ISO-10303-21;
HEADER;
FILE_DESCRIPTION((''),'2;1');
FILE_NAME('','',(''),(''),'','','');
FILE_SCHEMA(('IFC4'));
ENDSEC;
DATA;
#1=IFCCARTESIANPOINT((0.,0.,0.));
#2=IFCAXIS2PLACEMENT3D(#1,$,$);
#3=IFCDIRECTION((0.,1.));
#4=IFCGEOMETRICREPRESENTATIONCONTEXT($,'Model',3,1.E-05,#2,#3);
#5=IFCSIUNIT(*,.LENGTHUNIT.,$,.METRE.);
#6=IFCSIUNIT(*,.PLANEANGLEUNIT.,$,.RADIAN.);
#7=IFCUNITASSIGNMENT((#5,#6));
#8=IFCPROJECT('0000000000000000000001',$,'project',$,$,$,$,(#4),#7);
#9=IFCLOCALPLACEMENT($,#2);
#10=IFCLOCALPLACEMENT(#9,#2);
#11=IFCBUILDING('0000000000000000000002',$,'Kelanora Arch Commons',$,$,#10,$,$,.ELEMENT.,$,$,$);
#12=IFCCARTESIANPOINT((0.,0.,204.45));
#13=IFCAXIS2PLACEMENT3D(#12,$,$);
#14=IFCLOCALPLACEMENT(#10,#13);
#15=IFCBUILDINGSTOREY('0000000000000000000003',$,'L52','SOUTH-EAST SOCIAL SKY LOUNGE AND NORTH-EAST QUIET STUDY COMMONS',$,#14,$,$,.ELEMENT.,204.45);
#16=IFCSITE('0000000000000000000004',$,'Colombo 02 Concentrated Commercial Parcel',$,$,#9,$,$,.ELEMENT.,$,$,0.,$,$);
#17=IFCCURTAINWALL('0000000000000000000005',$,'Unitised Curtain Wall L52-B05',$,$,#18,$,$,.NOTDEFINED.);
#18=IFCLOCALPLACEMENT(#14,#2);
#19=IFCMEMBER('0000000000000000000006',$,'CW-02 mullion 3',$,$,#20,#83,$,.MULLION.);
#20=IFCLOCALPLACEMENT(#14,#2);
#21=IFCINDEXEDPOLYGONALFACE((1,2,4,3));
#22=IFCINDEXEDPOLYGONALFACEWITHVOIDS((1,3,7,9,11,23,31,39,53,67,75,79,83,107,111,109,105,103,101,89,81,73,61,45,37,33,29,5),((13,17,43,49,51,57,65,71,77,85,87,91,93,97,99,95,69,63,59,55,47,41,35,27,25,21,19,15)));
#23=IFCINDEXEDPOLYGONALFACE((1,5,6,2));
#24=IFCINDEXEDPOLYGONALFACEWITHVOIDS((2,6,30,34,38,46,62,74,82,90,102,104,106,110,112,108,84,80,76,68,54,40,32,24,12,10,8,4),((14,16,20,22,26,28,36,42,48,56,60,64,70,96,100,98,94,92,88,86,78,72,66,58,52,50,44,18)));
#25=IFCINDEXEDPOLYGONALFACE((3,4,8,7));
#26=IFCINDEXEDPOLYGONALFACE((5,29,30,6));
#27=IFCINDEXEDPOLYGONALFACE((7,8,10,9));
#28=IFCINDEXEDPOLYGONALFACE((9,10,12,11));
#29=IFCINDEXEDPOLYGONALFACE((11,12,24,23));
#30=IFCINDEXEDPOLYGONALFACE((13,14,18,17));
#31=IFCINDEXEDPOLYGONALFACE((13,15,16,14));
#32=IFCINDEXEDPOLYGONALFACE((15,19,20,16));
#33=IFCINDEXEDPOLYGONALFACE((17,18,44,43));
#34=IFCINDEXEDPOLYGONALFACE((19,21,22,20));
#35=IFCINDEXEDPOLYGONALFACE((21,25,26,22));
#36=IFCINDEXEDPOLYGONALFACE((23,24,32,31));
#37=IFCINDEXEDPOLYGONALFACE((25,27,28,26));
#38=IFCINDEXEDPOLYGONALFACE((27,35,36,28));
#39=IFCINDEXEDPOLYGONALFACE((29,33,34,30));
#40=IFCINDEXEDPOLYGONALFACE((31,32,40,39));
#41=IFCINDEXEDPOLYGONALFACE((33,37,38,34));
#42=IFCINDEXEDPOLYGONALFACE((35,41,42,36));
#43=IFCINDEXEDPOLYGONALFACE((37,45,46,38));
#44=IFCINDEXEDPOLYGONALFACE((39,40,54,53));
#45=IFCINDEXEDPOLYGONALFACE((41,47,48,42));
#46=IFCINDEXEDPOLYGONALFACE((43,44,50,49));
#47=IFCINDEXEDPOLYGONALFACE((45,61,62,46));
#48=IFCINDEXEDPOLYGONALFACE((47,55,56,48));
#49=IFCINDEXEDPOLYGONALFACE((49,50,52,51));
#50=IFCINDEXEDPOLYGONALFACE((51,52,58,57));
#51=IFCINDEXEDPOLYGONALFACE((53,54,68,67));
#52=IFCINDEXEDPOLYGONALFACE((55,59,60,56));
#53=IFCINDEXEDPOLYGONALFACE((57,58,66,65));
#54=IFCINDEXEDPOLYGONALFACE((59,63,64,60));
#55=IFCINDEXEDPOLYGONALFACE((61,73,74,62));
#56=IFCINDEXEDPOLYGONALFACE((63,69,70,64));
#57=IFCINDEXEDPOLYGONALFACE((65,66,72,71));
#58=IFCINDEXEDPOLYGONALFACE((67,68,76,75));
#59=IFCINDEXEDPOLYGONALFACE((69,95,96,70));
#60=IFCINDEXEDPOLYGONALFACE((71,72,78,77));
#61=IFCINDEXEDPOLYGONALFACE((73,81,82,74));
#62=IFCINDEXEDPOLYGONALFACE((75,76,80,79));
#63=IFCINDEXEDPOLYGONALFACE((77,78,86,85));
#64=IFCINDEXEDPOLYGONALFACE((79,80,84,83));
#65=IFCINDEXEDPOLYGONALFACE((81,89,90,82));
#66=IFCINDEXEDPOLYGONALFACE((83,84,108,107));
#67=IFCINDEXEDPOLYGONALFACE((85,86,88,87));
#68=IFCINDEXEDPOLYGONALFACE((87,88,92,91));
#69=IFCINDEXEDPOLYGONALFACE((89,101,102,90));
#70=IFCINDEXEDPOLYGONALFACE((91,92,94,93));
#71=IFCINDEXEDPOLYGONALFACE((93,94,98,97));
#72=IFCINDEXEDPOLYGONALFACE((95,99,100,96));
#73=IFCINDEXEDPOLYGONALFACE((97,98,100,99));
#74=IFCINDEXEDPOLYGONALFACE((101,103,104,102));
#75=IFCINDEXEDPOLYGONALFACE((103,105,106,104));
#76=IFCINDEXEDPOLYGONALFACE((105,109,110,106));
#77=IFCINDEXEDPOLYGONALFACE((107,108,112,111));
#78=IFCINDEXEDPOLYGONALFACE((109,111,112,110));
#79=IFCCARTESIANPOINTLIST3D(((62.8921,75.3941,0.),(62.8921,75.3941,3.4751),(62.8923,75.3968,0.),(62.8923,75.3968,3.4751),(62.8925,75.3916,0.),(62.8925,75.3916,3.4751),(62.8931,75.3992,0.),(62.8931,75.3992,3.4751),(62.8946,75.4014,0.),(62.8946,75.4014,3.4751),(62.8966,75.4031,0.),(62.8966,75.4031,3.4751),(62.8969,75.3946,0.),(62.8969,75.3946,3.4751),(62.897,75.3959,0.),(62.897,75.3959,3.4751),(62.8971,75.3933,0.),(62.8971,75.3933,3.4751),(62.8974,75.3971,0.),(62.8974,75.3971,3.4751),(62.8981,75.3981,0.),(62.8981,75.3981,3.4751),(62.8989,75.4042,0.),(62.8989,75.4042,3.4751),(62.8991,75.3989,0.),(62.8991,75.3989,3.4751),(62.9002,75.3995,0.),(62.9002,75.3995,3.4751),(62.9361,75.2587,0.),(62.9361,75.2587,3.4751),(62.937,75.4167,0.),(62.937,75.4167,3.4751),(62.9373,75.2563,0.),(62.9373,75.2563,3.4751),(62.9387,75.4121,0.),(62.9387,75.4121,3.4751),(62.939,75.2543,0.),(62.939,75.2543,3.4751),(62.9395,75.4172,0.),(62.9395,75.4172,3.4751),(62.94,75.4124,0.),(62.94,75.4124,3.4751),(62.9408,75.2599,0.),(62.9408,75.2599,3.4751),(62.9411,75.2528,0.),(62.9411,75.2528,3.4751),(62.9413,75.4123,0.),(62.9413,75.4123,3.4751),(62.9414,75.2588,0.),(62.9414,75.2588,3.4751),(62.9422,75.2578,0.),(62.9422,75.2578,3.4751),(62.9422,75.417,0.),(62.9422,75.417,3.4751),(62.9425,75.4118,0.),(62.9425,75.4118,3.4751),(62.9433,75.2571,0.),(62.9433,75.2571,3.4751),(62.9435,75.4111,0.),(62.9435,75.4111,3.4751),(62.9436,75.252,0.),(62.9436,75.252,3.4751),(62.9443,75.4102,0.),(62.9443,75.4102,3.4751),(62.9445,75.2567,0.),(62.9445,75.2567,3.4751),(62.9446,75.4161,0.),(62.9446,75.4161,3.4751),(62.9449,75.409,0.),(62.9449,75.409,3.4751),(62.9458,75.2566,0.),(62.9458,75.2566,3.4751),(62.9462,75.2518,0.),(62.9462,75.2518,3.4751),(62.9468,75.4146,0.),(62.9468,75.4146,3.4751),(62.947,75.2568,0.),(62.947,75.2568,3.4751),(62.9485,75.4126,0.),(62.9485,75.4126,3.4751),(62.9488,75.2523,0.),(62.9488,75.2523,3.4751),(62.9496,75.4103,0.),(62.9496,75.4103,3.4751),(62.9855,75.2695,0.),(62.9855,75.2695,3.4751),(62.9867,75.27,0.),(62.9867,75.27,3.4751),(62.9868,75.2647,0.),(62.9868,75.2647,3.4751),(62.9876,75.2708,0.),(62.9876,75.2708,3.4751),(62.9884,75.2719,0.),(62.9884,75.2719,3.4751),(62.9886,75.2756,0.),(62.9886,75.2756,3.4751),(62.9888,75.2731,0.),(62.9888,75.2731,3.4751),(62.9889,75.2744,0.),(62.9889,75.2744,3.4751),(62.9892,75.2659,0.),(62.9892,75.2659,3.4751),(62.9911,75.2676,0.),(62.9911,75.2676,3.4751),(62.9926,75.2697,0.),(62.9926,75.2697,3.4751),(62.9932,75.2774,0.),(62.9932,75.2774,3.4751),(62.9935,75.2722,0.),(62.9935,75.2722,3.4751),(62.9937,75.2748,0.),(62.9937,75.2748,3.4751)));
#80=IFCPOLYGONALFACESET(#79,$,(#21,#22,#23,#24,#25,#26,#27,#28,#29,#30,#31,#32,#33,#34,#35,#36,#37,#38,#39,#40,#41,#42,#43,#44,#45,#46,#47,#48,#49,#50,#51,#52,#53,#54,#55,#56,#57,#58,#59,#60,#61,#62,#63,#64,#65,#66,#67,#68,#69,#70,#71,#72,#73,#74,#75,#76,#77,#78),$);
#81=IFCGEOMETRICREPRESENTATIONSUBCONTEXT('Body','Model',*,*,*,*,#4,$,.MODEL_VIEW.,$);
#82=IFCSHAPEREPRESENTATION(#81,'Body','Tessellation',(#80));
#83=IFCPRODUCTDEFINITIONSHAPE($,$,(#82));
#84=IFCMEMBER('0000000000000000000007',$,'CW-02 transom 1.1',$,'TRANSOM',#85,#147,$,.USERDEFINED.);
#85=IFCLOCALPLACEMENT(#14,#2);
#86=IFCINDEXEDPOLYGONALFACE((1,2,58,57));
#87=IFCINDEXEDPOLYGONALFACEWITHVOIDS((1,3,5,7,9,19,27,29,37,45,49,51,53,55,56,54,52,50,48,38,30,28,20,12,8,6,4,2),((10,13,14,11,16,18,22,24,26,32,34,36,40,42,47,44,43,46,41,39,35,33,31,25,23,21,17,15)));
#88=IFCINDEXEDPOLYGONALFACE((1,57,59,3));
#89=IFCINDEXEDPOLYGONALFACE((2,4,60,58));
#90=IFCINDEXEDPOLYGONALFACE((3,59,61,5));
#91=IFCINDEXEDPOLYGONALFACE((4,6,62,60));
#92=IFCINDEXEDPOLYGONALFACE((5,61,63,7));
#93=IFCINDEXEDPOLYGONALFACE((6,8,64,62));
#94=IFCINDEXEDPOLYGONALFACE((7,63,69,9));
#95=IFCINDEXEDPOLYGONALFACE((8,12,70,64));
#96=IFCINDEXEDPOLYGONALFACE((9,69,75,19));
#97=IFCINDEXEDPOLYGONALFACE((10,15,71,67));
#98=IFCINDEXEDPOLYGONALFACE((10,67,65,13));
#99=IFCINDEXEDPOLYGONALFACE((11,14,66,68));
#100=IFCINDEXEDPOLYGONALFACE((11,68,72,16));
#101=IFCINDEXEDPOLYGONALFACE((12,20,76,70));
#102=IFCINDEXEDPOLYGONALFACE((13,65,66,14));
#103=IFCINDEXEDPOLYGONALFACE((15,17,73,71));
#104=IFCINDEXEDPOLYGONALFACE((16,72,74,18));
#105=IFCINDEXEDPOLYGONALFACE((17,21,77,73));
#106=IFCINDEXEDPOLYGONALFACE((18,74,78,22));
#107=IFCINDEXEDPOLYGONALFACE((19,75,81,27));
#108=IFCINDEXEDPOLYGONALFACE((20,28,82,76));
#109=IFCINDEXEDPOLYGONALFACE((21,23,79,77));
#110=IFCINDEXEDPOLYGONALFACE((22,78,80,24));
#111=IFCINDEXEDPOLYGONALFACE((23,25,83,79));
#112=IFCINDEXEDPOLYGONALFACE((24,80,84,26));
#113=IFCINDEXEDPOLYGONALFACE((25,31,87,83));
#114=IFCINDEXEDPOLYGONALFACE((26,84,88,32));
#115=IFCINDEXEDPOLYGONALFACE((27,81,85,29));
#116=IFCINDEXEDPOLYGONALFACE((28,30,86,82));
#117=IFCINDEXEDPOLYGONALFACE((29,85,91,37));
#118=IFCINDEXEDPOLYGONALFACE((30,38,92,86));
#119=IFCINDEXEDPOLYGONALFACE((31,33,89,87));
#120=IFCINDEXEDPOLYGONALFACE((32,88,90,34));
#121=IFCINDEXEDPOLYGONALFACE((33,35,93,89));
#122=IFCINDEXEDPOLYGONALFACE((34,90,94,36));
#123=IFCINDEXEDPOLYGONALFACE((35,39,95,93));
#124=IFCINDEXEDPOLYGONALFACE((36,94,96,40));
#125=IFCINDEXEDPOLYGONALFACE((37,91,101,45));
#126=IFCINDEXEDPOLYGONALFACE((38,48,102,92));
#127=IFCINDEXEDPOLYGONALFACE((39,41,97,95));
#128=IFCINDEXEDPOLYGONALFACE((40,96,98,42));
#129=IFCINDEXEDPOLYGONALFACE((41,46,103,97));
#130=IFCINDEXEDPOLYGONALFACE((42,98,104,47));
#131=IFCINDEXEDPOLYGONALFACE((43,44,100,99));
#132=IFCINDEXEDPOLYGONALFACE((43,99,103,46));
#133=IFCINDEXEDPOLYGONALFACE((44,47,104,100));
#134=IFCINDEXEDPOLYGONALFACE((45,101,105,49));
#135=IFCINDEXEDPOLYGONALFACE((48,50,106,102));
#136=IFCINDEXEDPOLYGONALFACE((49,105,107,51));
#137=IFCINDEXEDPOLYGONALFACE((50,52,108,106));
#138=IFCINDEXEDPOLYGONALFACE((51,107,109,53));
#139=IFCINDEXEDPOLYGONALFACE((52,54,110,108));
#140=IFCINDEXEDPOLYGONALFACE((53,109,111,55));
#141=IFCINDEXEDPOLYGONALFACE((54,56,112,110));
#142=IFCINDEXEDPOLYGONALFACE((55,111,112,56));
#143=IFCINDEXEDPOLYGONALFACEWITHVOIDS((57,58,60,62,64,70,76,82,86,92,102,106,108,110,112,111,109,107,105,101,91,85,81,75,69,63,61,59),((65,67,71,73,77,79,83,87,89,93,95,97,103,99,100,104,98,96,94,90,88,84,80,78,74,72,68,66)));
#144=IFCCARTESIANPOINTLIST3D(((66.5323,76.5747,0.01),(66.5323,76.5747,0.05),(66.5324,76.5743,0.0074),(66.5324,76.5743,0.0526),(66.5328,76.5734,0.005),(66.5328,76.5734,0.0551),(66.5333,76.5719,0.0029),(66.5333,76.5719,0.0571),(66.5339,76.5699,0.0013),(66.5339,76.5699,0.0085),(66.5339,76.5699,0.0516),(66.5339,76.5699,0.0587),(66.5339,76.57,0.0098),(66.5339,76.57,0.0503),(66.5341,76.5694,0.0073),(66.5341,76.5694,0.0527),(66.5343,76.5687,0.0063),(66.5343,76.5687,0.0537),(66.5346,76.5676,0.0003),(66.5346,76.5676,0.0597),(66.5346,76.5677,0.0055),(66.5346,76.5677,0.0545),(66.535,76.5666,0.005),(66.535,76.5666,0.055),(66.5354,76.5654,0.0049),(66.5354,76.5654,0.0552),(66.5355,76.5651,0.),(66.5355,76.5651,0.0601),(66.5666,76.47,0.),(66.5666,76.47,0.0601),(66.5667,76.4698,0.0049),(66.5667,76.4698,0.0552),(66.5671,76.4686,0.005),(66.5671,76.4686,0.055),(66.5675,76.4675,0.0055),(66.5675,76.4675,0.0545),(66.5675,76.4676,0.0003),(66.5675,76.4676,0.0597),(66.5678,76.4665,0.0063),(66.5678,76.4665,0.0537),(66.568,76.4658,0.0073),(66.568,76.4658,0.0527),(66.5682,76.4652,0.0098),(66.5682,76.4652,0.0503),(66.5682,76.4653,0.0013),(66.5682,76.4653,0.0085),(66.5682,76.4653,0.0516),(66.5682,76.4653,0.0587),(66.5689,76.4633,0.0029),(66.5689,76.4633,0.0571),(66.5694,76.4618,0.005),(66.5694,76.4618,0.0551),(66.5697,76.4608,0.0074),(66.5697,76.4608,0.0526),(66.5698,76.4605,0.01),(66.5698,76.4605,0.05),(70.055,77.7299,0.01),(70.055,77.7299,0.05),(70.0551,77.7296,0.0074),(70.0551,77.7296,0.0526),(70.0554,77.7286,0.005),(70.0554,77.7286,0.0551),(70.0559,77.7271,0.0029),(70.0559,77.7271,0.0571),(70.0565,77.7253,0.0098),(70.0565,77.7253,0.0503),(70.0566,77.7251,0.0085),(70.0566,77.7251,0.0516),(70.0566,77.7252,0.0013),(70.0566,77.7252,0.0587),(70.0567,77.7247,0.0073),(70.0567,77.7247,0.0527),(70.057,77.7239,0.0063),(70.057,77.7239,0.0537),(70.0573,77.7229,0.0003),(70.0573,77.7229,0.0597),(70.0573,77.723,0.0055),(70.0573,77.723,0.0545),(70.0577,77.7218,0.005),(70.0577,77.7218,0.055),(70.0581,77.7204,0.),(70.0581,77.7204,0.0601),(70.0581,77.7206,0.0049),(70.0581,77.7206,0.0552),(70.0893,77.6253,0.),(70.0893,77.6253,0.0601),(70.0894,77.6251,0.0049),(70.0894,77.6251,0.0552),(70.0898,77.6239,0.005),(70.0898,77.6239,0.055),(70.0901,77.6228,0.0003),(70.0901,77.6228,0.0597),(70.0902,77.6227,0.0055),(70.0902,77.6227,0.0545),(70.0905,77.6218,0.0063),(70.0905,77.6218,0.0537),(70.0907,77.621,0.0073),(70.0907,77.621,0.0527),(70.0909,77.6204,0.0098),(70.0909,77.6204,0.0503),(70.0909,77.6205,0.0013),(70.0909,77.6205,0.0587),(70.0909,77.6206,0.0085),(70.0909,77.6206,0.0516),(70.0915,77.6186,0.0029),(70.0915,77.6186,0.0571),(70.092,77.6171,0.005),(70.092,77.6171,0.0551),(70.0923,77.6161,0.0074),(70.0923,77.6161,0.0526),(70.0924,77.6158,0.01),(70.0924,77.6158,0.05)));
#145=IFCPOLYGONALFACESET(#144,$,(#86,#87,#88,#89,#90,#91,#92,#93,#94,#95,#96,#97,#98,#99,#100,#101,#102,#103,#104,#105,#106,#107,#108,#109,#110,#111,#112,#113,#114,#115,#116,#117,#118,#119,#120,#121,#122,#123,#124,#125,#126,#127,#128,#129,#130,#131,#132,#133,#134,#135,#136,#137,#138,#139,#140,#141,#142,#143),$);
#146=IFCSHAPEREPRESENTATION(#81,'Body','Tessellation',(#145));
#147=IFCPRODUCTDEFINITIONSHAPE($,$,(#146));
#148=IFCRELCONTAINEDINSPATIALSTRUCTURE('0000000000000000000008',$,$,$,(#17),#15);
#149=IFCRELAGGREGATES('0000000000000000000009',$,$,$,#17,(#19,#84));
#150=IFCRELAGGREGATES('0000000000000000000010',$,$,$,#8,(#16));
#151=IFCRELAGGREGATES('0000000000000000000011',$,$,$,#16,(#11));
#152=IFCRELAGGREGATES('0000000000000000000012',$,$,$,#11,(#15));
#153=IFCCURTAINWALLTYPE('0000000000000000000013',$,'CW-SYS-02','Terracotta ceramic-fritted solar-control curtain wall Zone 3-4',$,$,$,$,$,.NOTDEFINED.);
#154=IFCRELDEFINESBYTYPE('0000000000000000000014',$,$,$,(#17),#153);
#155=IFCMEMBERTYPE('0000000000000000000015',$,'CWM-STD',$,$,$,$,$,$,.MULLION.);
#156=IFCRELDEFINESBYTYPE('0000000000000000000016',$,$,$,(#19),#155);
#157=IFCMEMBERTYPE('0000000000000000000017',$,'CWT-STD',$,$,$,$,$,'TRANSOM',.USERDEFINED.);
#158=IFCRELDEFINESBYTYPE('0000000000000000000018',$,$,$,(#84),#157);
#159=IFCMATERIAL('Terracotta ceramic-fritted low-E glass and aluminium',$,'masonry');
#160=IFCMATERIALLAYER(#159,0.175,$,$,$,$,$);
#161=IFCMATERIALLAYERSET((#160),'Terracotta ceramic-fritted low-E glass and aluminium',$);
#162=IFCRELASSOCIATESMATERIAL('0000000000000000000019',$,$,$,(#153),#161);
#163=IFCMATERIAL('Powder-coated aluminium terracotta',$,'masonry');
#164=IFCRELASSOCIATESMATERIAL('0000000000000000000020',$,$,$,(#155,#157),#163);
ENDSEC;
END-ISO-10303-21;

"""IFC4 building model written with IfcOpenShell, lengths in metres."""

from ifc_helpers import new_model, si_unit, direction, frame, origin, origin_2d, place, context, subcontext, project, spatial, hollow_rectangle, extrude, material, layer, layer_set, material_profile, profile_set, type_object, element, aggregate, save


model = new_model("IFC4")

# Units and contexts
model_context = context("Model", 3, precision=1e-05, world=origin(), true_north=direction((0.0, 1.0)))
body_context = subcontext(model_context, "Body", "Model", "MODEL_VIEW")
ifc_project = project(units=[si_unit("LENGTHUNIT", "METRE"), si_unit("PLANEANGLEUNIT", "RADIAN")], contexts=[model_context])

# Site, building, storey
site_placement = place(None, origin())
site = spatial("IfcSite", under=ifc_project, at=site_placement, Name="Colombo 02 Concentrated Commercial Parcel", CompositionType="ELEMENT", RefElevation=0.0)
building_placement = place(site_placement, origin())
building = spatial("IfcBuilding", under=site, at=building_placement, Name="Kelanora Arch Commons", CompositionType="ELEMENT")
storey_placement = place(building_placement, frame((0.0, 0.0, 204.45)))
storey = spatial("IfcBuildingStorey", under=building, at=storey_placement, Name="L52", Description="SOUTH-EAST SOCIAL SKY LOUNGE AND NORTH-EAST QUIET STUDY COMMONS", CompositionType="ELEMENT", Elevation=204.45)

# Curtain wall, members
ifc_material_1 = material(Name="Terracotta ceramic-fritted low-E glass and aluminium", Category="masonry")
ifc_layer_1 = layer(ifc_material_1, 0.175)
ifc_layer_set_1 = layer_set([ifc_layer_1], Name="Terracotta ceramic-fritted low-E glass and aluminium")
curtain_wall_type = type_object("IfcCurtainWallType", Name="CW-SYS-02", Description="Terracotta ceramic-fritted solar-control curtain wall Zone 3-4", PredefinedType="NOTDEFINED", material=ifc_layer_set_1)
curtain_wall_placement = place(storey_placement, origin())
curtain_wall = element("IfcCurtainWall", 1, at=curtain_wall_placement, inside=storey, type_object=curtain_wall_type, Name="Unitised Curtain Wall L52-B05", PredefinedType="NOTDEFINED")
ifc_material_2 = material(Name="Powder-coated aluminium terracotta", Category="masonry")
ifc_material_profile_1 = material_profile(ifc_material_2, hollow_rectangle(XDim=0.1599, YDim=0.0601, WallThickness=0.0049, InnerFilletRadius=0.0049, OuterFilletRadius=0.01, at=origin_2d()), Name="CWM160x60")
ifc_profile_set_1 = profile_set([ifc_material_profile_1], Name="Powder-coated aluminium terracotta")
member_type_1 = type_object("IfcMemberType", Name="CWM-STD", PredefinedType="MULLION", material=ifc_profile_set_1)
member_1_placement = place(storey_placement, frame((62.9429, 75.3345, 0.0), z_axis=(0.0, 0.0, 1.0), x_axis=(0.311582, -0.950219, 0.0)))
member_1 = element("IfcMember", 2, at=member_1_placement, type_object=member_type_1, Name="CW-02 mullion 3", PredefinedType="MULLION", context=body_context, shape_type="SweptSolid", body=[
    extrude(hollow_rectangle(XDim=0.1599, YDim=0.0601, WallThickness=0.0049, InnerFilletRadius=0.0049, OuterFilletRadius=0.01, at=origin_2d()), origin(), (0.0, 0.0, 1.0), 3.4751),
])
ifc_material_profile_2 = material_profile(ifc_material_2, hollow_rectangle(XDim=0.1201, YDim=0.0601, WallThickness=0.0049, InnerFilletRadius=0.0049, OuterFilletRadius=0.01, at=origin_2d()), Name="CWT120x60")
ifc_profile_set_2 = profile_set([ifc_material_profile_2], Name="Powder-coated aluminium terracotta")
member_type_2 = type_object("IfcMemberType", Name="CWT-STD", ElementType="TRANSOM", PredefinedType="USERDEFINED", material=ifc_profile_set_2)
member_2_placement = place(storey_placement, frame((70.0737, 77.6729, 0.03), z_axis=(-0.950207, -0.311621, 0.0), x_axis=(0.311621, -0.950207, 0.0)))
member_2 = element("IfcMember", 3, at=member_2_placement, type_object=member_type_2, Name="CW-02 transom 1.1", ObjectType="TRANSOM", PredefinedType="USERDEFINED", context=body_context, shape_type="SweptSolid", body=[
    extrude(hollow_rectangle(XDim=0.1201, YDim=0.0601, WallThickness=0.0049, InnerFilletRadius=0.0049, OuterFilletRadius=0.01, at=origin_2d()), origin(), (0.0, 0.0, 1.0), 3.7073),
])
aggregate(curtain_wall, [member_1, member_2])

save(model, "model.ifc")
